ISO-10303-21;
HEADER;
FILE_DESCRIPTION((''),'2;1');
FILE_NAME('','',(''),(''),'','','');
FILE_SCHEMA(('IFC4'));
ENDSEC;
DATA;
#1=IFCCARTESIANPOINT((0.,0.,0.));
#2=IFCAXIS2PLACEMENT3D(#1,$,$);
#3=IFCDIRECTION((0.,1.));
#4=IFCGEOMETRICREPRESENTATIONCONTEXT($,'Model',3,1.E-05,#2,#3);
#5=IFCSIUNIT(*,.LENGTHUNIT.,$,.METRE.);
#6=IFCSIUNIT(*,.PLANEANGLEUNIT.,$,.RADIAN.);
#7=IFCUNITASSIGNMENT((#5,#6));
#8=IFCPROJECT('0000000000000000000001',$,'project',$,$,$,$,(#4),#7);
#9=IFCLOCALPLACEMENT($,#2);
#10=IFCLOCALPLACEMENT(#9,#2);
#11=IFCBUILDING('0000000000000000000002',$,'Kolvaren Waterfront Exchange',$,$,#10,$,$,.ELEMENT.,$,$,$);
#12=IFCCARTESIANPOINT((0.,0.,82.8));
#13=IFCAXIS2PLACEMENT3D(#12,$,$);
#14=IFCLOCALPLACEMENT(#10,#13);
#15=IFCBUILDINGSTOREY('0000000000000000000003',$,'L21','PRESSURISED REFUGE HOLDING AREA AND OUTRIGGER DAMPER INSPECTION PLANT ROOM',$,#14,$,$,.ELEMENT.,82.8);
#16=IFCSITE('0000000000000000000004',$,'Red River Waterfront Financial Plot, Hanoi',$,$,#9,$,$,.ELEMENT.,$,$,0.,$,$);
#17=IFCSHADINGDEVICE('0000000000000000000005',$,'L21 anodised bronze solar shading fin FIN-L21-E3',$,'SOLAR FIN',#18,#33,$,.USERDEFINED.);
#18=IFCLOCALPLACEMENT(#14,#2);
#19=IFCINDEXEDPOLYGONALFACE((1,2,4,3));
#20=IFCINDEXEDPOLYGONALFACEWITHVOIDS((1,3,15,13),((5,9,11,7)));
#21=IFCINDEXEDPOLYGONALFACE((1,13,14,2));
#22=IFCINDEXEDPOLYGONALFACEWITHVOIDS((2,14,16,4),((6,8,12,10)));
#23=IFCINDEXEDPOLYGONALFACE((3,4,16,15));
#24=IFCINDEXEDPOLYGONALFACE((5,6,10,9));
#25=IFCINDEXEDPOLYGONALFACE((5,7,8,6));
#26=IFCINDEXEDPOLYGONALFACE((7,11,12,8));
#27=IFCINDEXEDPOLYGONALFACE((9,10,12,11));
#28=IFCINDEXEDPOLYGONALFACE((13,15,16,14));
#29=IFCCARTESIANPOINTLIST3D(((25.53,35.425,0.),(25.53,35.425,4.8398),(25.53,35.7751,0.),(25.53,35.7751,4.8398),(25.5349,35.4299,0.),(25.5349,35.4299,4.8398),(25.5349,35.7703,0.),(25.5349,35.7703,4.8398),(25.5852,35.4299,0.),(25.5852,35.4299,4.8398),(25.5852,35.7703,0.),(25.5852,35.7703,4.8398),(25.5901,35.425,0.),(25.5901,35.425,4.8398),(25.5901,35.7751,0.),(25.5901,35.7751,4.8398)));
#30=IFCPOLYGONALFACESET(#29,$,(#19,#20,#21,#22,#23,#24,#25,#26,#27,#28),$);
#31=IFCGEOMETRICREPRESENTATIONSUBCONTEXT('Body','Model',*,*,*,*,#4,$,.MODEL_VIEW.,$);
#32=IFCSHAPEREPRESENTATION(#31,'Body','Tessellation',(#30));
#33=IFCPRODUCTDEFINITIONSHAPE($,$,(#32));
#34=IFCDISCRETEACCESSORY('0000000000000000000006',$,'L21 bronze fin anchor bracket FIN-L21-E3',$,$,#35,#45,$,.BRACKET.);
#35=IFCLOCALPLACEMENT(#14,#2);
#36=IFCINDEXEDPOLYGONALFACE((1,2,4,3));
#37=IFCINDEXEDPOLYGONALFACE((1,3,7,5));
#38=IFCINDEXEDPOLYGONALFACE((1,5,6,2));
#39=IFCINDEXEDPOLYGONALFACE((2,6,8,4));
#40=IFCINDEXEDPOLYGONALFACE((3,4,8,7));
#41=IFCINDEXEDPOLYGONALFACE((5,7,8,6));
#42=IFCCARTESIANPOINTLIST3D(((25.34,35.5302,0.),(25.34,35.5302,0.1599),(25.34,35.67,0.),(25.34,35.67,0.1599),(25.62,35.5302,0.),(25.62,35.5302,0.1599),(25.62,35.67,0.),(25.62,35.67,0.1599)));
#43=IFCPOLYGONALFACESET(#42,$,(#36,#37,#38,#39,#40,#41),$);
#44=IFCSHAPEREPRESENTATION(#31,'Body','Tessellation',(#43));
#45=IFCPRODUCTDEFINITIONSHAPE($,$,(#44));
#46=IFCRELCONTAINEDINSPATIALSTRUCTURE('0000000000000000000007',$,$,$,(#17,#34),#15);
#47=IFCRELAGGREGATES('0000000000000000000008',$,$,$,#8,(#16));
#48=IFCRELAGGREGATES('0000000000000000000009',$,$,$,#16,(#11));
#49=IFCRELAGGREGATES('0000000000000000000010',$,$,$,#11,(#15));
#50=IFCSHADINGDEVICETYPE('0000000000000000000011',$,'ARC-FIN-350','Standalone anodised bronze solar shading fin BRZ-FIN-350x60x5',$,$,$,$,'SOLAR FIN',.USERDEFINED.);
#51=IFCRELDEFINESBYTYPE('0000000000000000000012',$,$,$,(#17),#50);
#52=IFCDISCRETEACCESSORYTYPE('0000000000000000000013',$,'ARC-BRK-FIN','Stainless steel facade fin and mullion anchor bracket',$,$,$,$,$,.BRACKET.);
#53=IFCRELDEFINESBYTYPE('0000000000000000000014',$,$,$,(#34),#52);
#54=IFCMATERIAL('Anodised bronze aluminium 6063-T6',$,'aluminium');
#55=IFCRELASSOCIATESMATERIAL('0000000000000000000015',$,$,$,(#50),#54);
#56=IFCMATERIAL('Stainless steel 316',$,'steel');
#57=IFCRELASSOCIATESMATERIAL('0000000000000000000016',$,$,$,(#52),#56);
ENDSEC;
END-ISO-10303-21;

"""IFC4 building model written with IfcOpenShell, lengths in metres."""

from ifc_helpers import new_model, si_unit, direction, frame, origin, origin_with_axes, origin_2d, place, context, subcontext, project, spatial, rectangle, hollow_rectangle, extrude, source, transform, mapped, material, material_profile, profile_set, type_object, element, save


model = new_model("IFC4")

# Units and contexts
model_context = context("Model", 3, precision=1e-05, world=origin(), true_north=direction((0.0, 1.0)))
body_context = subcontext(model_context, "Body", "Model", "MODEL_VIEW")
ifc_project = project(units=[si_unit("LENGTHUNIT", "METRE"), si_unit("PLANEANGLEUNIT", "RADIAN")], contexts=[model_context])

# Site, building, storey
site_placement = place(None, origin())
site = spatial("IfcSite", under=ifc_project, at=site_placement, Name="Red River Waterfront Financial Plot, Hanoi", CompositionType="ELEMENT", RefElevation=0.0)
building_placement = place(site_placement, origin())
building = spatial("IfcBuilding", under=site, at=building_placement, Name="Kolvaren Waterfront Exchange", CompositionType="ELEMENT")
storey_placement = place(building_placement, frame((0.0, 0.0, 82.8)))
storey = spatial("IfcBuildingStorey", under=building, at=storey_placement, Name="L21", Description="PRESSURISED REFUGE HOLDING AREA AND OUTRIGGER DAMPER INSPECTION PLANT ROOM", CompositionType="ELEMENT", Elevation=82.8)

# Shared definitions
ifc_material_1 = material(Name="Anodised bronze aluminium 6063-T6", Category="aluminium")

# Shading device
ifc_material_profile_1 = material_profile(ifc_material_1, hollow_rectangle(XDim=0.0601, YDim=0.3501, WallThickness=0.0049, at=origin_2d()), Name="BRZ-FIN-350x60x5")
ifc_profile_set_1 = profile_set([ifc_material_profile_1], Name="Anodised bronze aluminium 6063-T6")
shading_device_type = type_object("IfcShadingDeviceType", Name="ARC-FIN-350", Description="Standalone anodised bronze solar shading fin BRZ-FIN-350x60x5", ElementType="SOLAR FIN", PredefinedType="USERDEFINED", material=ifc_profile_set_1)
shading_device_placement = place(storey_placement, frame((25.5601, 35.6001, 0.0), z_axis=(0.0, 0.0, 1.0), x_axis=(1.0, 0.0, 0.0)))
element("IfcShadingDevice", 1, at=shading_device_placement, inside=storey, type_object=shading_device_type, Name="L21 anodised bronze solar shading fin FIN-L21-E3", ObjectType="SOLAR FIN", PredefinedType="USERDEFINED", context=body_context, shape_type="SweptSolid", body=[
    extrude(hollow_rectangle(XDim=0.0601, YDim=0.3501, WallThickness=0.0049, at=origin_2d()), origin(), (0.0, 0.0, 1.0), 4.8398),
])

# Discrete accessory
ifc_material_2 = material(Name="Stainless steel 316", Category="steel")
discrete_accessory_type = type_object("IfcDiscreteAccessoryType", Name="ARC-BRK-FIN", Description="Stainless steel facade fin and mullion anchor bracket", PredefinedType="BRACKET", material=ifc_material_2)
shared_shape_1 = source(origin_with_axes(), body_context, "Body", "SweptSolid", [
    extrude(rectangle(XDim=0.28, YDim=0.1399, at=origin_2d()), origin(), (0.0, 0.0, 1.0), 0.1599),
])
discrete_accessory_placement = place(storey_placement, frame((25.48, 35.6001, 0.0), z_axis=(0.0, 0.0, 1.0), x_axis=(1.0, 0.0, 0.0)))
element("IfcDiscreteAccessory", 2, at=discrete_accessory_placement, inside=storey, type_object=discrete_accessory_type, Name="L21 bronze fin anchor bracket FIN-L21-E3", PredefinedType="BRACKET", context=body_context, shape_type="MappedRepresentation", body=[
    mapped(shared_shape_1, transform((0.0, 0.0, 0.0), x_axis=(1.0, 0.0, 0.0), y_axis=(0.0, 1.0, 0.0), z_axis=(0.0, 0.0, 1.0), scale=1.0)),
])

save(model, "model.ifc")
